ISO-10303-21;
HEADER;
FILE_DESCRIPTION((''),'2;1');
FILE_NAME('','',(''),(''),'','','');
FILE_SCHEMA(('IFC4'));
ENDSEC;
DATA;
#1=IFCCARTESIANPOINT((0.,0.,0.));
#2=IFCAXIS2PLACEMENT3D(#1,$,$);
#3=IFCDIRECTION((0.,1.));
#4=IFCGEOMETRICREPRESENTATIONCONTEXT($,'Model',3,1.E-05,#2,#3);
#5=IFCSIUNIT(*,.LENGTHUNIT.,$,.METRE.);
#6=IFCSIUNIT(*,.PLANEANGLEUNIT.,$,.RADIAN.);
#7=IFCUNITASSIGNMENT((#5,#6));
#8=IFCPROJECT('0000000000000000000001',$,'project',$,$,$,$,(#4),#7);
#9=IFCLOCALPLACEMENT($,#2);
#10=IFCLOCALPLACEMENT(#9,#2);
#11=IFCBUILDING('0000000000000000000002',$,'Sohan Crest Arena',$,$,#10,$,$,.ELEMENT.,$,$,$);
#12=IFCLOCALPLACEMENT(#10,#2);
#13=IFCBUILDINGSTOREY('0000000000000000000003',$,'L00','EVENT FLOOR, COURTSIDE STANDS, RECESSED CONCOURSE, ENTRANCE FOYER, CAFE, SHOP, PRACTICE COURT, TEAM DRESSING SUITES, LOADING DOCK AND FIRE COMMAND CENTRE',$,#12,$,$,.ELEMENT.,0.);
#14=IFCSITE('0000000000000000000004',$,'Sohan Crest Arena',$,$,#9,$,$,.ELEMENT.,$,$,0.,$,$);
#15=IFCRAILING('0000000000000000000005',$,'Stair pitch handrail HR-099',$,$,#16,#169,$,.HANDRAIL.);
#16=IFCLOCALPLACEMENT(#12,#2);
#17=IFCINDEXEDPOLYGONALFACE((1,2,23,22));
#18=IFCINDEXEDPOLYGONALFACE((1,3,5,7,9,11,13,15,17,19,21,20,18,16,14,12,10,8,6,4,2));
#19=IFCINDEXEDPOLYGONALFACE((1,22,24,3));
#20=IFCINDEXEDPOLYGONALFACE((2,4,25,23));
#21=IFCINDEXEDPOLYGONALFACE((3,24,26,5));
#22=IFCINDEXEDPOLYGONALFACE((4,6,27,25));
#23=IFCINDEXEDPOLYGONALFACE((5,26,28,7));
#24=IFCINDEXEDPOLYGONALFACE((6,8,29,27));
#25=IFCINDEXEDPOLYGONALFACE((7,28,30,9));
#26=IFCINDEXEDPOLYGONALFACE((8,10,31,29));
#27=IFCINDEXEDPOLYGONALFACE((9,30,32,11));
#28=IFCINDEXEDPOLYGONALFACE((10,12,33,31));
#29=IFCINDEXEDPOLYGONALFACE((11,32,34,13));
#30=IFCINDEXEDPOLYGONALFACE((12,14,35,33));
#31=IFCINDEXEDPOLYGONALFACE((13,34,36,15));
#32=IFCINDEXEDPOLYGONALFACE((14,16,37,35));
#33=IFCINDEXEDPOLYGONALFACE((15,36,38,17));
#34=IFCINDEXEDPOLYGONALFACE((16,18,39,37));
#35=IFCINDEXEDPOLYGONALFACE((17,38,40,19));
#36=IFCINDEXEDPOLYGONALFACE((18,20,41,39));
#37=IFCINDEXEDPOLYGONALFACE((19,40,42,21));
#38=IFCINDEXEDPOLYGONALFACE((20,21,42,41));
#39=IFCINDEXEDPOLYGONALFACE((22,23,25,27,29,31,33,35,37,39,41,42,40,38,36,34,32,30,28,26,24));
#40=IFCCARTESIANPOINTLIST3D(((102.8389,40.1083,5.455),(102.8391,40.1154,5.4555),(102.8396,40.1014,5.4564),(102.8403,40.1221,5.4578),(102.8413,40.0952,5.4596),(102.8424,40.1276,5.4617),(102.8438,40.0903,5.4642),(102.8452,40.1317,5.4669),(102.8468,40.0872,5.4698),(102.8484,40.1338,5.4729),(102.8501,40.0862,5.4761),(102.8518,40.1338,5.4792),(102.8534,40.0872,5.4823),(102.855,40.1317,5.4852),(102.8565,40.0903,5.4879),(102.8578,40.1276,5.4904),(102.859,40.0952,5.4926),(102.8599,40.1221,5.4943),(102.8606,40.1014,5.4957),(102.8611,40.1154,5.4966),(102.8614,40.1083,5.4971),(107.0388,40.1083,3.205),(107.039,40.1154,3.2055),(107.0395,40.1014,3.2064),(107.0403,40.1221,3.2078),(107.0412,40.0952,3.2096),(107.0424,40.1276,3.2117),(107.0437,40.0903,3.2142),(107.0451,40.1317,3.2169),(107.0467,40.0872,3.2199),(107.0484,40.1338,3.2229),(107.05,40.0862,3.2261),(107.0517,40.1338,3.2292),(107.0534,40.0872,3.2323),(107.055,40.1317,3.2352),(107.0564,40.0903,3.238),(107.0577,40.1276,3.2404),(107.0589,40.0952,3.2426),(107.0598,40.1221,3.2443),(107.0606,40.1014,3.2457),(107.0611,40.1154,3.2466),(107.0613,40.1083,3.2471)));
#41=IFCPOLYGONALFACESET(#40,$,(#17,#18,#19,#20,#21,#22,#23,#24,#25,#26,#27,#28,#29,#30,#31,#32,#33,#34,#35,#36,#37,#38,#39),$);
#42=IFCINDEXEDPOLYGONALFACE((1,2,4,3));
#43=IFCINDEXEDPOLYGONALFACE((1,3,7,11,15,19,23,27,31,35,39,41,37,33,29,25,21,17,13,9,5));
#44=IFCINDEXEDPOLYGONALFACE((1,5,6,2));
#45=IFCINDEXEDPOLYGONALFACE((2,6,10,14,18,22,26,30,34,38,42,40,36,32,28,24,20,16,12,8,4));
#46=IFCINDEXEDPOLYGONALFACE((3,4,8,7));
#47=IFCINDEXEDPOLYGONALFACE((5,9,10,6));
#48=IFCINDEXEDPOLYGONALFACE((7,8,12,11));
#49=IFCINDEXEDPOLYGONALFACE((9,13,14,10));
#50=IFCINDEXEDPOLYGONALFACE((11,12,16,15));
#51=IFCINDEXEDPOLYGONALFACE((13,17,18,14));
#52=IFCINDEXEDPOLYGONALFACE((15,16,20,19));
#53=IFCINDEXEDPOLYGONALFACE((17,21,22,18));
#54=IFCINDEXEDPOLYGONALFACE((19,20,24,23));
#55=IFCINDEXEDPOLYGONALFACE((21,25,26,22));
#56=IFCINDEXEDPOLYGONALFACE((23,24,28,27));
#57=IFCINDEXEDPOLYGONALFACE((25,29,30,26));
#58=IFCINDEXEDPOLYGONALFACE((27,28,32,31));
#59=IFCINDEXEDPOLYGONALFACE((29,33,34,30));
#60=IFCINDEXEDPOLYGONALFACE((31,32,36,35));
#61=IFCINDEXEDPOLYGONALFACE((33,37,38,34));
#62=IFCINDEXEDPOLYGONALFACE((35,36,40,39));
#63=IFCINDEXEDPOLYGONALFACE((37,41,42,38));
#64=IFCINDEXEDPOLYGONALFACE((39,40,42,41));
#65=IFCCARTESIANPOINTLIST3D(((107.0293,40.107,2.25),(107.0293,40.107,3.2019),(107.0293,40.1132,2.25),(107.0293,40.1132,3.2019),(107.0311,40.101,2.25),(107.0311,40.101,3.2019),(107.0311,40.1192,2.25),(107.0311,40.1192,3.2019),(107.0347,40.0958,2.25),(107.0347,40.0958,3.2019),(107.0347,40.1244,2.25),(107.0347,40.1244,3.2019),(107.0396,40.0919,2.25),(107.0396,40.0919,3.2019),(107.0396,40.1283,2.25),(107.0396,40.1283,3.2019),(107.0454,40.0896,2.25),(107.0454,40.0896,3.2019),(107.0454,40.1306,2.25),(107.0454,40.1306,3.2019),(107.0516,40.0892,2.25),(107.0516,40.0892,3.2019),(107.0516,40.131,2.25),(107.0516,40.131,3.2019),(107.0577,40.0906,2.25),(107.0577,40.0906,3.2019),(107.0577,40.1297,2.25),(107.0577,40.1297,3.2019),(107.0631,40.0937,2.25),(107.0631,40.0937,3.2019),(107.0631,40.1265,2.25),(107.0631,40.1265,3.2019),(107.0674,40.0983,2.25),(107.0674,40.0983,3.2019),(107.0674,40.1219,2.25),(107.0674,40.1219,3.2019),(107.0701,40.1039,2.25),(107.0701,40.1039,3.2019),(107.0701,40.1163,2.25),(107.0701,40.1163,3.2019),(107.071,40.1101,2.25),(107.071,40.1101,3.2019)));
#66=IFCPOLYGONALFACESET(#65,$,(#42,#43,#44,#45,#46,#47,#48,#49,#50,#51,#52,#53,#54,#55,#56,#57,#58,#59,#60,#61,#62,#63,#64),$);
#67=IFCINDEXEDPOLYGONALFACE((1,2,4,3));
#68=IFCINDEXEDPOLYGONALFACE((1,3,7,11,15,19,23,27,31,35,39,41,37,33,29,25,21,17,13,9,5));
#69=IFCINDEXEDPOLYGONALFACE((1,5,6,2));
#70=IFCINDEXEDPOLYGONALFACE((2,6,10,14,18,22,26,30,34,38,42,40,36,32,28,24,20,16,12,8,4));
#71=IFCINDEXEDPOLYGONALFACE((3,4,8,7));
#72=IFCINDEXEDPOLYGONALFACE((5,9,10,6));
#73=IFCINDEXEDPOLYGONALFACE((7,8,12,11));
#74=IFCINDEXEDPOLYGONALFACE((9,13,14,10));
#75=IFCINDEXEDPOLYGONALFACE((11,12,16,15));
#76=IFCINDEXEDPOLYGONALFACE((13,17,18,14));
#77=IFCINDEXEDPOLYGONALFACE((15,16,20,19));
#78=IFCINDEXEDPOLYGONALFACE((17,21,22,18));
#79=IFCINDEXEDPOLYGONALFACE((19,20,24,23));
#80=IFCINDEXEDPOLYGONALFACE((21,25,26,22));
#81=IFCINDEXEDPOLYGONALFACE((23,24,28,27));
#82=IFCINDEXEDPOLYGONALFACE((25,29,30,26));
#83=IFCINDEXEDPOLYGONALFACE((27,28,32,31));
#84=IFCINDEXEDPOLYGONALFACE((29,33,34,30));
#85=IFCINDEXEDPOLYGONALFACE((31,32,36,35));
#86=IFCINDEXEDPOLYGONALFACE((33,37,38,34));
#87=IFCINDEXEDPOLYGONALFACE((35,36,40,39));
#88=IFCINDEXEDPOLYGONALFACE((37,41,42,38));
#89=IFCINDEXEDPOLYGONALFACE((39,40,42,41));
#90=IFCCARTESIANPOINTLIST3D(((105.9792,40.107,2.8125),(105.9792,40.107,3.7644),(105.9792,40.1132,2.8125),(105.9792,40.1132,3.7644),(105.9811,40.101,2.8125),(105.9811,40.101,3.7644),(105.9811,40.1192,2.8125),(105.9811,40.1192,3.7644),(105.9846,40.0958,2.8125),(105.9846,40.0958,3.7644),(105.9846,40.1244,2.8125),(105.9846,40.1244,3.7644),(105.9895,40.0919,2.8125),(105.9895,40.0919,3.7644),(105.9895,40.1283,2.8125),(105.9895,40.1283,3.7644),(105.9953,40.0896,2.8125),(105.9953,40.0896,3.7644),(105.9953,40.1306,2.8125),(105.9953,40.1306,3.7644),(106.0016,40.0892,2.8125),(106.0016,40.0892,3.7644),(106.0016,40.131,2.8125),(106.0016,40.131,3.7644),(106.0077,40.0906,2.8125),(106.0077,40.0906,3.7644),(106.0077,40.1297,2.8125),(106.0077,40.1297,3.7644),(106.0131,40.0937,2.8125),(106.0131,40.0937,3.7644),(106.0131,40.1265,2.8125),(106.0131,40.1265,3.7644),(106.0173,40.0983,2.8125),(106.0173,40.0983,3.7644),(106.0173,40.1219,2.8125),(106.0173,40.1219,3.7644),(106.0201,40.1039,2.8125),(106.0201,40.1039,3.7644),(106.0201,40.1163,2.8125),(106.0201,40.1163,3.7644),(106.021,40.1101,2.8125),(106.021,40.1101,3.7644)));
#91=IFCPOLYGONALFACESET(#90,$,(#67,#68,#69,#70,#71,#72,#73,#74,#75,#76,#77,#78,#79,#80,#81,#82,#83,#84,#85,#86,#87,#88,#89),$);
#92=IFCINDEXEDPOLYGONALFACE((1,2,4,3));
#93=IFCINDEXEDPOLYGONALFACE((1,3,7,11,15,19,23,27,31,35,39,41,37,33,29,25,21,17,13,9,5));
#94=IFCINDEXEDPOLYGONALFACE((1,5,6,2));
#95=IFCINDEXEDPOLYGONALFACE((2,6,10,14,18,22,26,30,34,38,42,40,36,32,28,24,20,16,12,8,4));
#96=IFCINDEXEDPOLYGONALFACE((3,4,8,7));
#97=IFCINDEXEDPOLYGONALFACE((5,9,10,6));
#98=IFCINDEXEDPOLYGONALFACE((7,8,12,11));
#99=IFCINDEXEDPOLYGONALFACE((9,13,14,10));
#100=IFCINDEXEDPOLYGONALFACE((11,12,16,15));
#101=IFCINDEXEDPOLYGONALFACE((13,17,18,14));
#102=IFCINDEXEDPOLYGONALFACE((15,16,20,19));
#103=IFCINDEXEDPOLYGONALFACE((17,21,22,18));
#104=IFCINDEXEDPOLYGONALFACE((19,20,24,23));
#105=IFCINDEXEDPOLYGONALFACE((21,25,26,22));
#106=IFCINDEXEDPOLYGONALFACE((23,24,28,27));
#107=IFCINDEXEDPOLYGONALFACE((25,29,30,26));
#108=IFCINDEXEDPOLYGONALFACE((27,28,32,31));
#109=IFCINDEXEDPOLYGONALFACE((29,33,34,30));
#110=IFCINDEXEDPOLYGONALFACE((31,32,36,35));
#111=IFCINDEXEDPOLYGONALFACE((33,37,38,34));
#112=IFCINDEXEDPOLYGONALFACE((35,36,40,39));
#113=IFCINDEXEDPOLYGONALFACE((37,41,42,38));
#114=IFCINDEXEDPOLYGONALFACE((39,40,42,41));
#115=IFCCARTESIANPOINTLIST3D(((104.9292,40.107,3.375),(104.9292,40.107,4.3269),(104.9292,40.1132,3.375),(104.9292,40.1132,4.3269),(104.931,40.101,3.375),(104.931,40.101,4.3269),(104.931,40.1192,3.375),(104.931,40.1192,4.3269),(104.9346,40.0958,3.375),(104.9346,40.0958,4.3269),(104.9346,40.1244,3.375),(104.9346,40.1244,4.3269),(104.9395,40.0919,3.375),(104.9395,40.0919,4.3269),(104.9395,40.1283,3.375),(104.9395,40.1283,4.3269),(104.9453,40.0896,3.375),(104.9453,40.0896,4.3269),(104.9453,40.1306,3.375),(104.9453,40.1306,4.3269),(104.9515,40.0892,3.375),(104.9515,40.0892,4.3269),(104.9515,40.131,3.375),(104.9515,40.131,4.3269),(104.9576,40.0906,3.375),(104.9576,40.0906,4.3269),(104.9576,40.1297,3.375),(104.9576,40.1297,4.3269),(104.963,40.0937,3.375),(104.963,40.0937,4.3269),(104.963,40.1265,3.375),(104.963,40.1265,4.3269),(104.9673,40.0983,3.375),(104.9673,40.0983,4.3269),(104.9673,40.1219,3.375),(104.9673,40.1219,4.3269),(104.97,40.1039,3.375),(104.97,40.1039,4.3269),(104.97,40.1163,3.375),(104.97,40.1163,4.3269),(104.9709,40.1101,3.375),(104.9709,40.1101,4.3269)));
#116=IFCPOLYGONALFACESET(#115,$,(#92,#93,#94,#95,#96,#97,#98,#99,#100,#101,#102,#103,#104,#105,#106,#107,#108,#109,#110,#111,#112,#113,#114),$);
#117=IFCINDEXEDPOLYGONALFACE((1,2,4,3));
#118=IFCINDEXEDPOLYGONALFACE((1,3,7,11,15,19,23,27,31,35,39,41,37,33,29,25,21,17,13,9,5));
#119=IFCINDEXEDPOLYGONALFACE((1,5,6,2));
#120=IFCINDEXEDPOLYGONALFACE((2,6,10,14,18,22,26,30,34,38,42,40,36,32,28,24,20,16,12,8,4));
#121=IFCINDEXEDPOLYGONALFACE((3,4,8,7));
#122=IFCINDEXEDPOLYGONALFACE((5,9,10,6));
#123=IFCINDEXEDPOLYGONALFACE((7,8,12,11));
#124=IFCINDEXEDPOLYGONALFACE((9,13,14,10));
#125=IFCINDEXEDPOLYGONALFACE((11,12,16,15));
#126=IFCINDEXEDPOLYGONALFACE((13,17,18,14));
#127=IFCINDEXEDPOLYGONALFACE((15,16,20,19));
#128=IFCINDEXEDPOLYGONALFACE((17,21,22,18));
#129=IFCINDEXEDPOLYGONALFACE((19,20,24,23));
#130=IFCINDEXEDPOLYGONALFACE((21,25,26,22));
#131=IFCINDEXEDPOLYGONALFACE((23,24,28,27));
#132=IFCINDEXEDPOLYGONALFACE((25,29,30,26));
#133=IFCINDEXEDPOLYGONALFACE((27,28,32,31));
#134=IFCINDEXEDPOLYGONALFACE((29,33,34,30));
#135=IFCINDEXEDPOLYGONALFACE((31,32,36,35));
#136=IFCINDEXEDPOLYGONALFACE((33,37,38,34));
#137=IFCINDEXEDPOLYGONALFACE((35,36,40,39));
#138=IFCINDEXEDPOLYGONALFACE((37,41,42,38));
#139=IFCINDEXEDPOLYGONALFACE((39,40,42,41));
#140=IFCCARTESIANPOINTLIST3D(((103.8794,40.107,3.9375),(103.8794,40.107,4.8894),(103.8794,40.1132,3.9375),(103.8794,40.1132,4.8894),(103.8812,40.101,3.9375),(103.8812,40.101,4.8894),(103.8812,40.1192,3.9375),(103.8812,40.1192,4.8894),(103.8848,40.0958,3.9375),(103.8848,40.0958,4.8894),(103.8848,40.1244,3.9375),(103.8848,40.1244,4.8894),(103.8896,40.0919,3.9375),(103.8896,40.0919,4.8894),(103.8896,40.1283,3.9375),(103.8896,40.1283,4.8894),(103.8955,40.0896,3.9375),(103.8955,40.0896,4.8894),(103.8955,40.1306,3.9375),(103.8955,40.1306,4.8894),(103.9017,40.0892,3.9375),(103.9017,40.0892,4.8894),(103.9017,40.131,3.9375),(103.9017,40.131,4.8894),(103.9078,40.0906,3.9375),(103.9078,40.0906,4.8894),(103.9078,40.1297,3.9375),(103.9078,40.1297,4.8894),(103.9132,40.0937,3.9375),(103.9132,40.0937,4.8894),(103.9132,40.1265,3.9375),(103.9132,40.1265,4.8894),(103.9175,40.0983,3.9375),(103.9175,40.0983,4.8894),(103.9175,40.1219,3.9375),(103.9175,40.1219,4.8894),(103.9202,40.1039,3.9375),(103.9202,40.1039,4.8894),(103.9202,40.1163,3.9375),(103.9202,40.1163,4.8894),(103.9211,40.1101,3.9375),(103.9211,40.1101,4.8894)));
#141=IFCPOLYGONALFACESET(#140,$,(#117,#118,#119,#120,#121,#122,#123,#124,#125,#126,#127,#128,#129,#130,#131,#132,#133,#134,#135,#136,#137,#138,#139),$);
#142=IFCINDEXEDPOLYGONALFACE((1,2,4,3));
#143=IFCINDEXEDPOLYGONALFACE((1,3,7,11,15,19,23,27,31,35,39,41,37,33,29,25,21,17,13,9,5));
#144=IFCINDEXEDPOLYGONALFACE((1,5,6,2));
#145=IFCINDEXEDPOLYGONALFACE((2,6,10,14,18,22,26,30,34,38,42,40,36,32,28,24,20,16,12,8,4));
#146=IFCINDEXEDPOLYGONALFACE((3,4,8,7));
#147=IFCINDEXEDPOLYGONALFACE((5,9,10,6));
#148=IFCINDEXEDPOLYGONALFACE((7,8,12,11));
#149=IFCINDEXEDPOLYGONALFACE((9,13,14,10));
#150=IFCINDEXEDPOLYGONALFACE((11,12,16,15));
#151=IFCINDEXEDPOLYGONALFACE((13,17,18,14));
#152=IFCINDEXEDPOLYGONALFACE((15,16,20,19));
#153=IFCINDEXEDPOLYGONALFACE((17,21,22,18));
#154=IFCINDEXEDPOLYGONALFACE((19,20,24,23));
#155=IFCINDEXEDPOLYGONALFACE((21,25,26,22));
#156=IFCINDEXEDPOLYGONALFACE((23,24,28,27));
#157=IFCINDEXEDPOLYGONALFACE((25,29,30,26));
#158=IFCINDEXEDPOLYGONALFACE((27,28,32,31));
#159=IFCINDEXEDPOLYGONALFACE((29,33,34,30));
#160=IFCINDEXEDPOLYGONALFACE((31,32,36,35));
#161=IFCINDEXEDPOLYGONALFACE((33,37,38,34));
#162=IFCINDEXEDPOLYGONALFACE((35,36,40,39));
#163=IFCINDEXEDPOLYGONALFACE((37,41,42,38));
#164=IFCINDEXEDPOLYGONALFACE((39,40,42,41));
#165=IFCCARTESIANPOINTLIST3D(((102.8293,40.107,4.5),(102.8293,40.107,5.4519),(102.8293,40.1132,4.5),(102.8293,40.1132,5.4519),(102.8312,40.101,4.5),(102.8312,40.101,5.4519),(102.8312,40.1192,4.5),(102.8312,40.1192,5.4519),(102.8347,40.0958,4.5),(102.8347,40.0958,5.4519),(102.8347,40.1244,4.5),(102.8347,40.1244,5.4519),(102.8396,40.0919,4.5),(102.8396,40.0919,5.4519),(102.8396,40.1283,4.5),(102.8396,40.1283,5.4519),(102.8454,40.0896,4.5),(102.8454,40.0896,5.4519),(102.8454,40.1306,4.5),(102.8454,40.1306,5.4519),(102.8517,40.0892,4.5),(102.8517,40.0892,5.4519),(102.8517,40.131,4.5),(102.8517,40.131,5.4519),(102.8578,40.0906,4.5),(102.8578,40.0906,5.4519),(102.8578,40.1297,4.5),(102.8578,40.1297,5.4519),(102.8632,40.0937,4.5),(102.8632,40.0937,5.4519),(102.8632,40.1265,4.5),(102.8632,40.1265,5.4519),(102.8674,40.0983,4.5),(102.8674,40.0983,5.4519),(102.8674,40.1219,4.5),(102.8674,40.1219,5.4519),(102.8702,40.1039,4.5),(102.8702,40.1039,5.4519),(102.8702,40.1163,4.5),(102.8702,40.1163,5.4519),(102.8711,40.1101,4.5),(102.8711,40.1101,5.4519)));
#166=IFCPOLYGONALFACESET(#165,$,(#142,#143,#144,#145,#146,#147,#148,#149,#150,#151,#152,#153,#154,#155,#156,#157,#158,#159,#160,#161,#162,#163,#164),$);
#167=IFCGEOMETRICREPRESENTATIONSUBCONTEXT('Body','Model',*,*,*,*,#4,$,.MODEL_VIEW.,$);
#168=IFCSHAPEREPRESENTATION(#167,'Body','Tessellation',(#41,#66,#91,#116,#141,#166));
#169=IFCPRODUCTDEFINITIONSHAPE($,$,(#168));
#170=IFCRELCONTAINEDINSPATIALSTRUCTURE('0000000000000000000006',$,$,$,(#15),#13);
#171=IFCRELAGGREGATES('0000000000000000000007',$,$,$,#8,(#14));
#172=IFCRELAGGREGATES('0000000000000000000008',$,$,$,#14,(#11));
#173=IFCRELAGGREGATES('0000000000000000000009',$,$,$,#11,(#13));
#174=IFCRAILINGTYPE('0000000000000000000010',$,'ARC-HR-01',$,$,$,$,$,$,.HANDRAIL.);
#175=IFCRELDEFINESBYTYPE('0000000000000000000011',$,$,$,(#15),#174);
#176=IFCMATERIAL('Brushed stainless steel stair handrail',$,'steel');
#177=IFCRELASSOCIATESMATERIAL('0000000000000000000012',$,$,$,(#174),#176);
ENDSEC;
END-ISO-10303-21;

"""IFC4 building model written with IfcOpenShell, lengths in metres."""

from ifc_helpers import new_model, si_unit, direction, frame, origin, origin_2d, place, context, subcontext, project, spatial, circle, extrude, material, type_object, element, save


model = new_model("IFC4")

# Units and contexts
model_context = context("Model", 3, precision=1e-05, world=origin(), true_north=direction((0.0, 1.0)))
body_context = subcontext(model_context, "Body", "Model", "MODEL_VIEW")
ifc_project = project(units=[si_unit("LENGTHUNIT", "METRE"), si_unit("PLANEANGLEUNIT", "RADIAN")], contexts=[model_context])

# Site, building, storey
site_placement = place(None, origin())
site = spatial("IfcSite", under=ifc_project, at=site_placement, Name="Sohan Crest Arena", CompositionType="ELEMENT", RefElevation=0.0)
building_placement = place(site_placement, origin())
building = spatial("IfcBuilding", under=site, at=building_placement, Name="Sohan Crest Arena", CompositionType="ELEMENT")
storey_placement = place(building_placement, origin())
storey = spatial("IfcBuildingStorey", under=building, at=storey_placement, Name="L00", Description="EVENT FLOOR, COURTSIDE STANDS, RECESSED CONCOURSE, ENTRANCE FOYER, CAFE, SHOP, PRACTICE COURT, TEAM DRESSING SUITES, LOADING DOCK AND FIRE COMMAND CENTRE", CompositionType="ELEMENT", Elevation=0.0)

# Railing
ifc_material_1 = material(Name="Brushed stainless steel stair handrail", Category="steel")
railing_type_1 = type_object("IfcRailingType", Name="ARC-HR-01", PredefinedType="HANDRAIL", material=ifc_material_1)
railing_1_placement = place(storey_placement, frame((107.05, 40.1101, 2.25)))
element("IfcRailing", 1, at=railing_1_placement, inside=storey, type_object=railing_type_1, Name="Stair pitch handrail HR-099", PredefinedType="HANDRAIL", context=body_context, shape_type="SweptSolid", body=[
    extrude(circle(Radius=0.0239, at=origin_2d()), frame((0.0, 0.0, 0.9761), z_axis=(-0.881478, 0.0, 0.472226), x_axis=(0.0, -1.0, 0.0)), (0.0, 0.0, 1.0), 4.7646),
    extrude(circle(Radius=0.021, at=origin_2d()), origin(), (0.0, 0.0, 1.0), 0.9519),
    extrude(circle(Radius=0.021, at=origin_2d()), frame((-1.05, 0.0, 0.5625)), (0.0, 0.0, 1.0), 0.9519),
    extrude(circle(Radius=0.021, at=origin_2d()), frame((-2.1001, 0.0, 1.125)), (0.0, 0.0, 1.0), 0.9519),
    extrude(circle(Radius=0.021, at=origin_2d()), frame((-3.1499, 0.0, 1.6875)), (0.0, 0.0, 1.0), 0.9519),
    extrude(circle(Radius=0.021, at=origin_2d()), frame((-4.2, 0.0, 2.25)), (0.0, 0.0, 1.0), 0.9519),
])

save(model, "model.ifc")
